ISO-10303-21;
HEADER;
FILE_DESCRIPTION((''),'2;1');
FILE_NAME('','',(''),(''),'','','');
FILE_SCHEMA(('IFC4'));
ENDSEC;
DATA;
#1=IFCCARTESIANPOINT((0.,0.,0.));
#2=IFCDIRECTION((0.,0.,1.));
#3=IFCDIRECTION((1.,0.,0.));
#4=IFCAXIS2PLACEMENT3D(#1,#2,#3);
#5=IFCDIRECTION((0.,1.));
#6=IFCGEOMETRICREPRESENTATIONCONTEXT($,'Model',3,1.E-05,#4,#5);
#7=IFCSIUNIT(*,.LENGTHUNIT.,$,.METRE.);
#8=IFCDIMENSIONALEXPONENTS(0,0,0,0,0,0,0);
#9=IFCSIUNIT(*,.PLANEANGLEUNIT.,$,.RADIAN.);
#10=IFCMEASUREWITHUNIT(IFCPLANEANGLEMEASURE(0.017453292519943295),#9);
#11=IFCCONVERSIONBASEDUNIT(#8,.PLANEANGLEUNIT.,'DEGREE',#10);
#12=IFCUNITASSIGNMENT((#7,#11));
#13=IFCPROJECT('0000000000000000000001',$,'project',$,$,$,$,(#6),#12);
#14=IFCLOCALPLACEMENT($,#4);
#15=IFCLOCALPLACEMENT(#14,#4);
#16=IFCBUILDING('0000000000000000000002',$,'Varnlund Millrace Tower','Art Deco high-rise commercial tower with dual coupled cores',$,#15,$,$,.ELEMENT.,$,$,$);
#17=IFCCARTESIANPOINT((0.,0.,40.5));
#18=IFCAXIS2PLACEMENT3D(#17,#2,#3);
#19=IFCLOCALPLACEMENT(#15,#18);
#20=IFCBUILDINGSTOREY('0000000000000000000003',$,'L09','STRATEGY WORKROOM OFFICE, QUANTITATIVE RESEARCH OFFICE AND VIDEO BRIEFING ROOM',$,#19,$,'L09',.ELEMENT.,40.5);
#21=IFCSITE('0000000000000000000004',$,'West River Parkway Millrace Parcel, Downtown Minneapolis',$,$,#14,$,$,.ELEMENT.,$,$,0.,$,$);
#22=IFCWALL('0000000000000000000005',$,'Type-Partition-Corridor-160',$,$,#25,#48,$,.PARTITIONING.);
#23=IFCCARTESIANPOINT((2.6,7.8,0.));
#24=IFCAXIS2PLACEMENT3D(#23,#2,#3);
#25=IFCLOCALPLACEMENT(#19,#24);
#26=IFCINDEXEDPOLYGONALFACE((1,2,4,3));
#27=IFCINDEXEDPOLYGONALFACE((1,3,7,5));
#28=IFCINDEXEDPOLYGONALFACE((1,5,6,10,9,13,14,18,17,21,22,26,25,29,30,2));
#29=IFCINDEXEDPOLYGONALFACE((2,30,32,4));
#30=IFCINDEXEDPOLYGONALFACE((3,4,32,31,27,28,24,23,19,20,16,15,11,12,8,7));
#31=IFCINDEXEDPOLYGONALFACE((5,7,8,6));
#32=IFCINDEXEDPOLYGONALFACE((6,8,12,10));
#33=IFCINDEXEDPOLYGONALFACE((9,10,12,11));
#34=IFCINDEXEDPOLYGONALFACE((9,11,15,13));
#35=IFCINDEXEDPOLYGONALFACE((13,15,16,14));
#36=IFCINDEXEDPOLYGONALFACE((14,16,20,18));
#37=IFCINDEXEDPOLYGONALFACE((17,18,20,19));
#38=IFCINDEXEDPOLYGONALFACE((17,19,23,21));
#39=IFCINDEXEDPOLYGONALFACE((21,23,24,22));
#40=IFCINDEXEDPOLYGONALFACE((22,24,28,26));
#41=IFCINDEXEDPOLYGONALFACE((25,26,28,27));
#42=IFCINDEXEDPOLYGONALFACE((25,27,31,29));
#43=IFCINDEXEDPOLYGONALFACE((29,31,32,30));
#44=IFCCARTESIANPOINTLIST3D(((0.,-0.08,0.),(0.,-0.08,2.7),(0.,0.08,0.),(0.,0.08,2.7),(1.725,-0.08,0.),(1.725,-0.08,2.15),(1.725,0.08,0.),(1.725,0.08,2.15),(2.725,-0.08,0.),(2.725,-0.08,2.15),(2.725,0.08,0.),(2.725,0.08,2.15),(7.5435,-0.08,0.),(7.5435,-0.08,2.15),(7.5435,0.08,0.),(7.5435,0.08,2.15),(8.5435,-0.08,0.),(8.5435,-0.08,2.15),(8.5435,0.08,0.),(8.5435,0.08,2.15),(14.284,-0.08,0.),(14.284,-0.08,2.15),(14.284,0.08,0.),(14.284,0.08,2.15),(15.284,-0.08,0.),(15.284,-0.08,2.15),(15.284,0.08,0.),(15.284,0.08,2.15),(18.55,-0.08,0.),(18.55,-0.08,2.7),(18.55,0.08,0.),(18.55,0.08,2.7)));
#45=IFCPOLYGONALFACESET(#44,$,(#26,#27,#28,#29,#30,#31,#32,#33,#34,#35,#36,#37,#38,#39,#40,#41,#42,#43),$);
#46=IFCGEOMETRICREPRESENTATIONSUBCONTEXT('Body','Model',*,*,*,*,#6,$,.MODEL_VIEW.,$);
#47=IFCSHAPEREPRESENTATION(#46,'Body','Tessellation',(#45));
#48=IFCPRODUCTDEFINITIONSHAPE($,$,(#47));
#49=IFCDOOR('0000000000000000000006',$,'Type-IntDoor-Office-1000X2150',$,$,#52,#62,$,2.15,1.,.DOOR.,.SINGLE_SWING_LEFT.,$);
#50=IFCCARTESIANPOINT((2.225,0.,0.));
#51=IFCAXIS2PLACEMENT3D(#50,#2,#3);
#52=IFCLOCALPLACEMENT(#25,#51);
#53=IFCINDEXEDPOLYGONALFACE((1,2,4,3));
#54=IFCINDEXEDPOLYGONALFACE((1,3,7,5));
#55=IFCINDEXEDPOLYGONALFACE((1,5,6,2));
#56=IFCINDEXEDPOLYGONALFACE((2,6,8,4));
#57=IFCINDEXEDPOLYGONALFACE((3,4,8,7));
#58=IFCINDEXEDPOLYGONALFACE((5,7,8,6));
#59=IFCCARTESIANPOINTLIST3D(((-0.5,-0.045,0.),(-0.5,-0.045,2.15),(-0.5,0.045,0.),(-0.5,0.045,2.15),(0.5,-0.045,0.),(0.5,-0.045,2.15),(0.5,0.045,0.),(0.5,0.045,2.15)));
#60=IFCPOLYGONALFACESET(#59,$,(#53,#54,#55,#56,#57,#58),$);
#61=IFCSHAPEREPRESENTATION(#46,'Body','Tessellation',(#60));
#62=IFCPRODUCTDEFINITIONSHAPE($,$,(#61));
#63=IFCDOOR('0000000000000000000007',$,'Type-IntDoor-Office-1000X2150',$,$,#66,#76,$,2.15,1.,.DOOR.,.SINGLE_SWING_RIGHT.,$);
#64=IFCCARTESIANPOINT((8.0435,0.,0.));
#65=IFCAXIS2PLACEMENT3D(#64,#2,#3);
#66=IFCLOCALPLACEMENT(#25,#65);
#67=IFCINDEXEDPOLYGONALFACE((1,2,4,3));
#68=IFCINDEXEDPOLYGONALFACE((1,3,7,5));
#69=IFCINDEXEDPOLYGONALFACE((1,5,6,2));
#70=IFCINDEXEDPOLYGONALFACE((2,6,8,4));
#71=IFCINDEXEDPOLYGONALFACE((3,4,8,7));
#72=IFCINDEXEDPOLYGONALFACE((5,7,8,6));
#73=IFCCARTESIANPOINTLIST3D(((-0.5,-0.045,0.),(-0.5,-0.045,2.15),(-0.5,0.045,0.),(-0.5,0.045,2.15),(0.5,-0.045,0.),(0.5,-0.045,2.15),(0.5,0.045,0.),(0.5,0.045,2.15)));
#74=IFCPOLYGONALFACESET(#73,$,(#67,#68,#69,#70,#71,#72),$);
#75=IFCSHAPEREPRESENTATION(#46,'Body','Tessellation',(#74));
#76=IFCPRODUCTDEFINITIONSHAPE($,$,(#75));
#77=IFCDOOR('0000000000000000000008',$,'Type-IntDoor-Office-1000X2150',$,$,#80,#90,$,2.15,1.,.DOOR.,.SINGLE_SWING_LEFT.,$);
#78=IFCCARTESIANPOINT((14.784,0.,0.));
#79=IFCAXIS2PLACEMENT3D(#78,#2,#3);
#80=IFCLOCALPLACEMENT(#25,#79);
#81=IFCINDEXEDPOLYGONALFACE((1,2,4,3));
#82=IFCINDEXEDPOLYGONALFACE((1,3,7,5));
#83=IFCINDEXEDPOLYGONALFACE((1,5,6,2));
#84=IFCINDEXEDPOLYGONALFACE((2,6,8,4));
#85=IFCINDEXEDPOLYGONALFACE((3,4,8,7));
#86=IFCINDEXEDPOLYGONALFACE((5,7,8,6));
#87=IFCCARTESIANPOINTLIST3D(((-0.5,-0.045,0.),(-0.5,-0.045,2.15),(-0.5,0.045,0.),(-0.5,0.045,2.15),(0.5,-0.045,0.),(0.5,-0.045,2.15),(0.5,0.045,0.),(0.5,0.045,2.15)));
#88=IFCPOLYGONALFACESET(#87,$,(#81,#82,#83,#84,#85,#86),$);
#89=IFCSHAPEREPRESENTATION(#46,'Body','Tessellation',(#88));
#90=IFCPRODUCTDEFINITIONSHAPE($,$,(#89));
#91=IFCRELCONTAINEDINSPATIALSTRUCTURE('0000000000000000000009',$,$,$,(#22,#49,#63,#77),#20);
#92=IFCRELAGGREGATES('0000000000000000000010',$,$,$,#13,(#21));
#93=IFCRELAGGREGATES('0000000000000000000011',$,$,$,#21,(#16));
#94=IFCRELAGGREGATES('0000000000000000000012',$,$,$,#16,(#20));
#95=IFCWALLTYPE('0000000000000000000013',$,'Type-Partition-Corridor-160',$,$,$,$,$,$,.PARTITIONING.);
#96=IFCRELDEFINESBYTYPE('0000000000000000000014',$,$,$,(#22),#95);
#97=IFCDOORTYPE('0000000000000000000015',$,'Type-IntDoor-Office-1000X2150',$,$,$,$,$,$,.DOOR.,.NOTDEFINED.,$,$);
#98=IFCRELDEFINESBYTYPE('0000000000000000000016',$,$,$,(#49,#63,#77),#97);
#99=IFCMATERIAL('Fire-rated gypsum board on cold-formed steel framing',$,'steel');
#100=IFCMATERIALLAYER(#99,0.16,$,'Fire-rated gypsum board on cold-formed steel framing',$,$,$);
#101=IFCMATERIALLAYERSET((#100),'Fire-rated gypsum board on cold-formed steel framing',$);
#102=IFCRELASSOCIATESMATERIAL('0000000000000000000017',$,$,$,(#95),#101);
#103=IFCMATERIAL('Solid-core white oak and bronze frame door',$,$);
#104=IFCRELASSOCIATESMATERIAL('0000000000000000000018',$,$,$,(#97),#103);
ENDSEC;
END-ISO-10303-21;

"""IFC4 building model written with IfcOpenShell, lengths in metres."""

from ifc_helpers import new_model, entity, si_unit, converted_unit, direction, frame, origin_with_axes, origin_2d_with_axis, place, context, subcontext, project, spatial, polyline, rectangle, outline, extrude, material, layer, layer_set, type_object, element, fill, save


model = new_model("IFC4")

# Units and contexts
model_context = context("Model", 3, precision=1e-05, world=origin_with_axes(), true_north=direction((0.0, 1.0)))
body_context = subcontext(model_context, "Body", "Model", "MODEL_VIEW")
ifc_project = project(units=[si_unit("LENGTHUNIT", "METRE"), converted_unit("PLANEANGLEUNIT", "DEGREE", entity("IfcPlaneAngleMeasure", 0.017453292519943295), si_unit("PLANEANGLEUNIT", "RADIAN"), dimensions=[0, 0, 0, 0, 0, 0, 0])], contexts=[model_context])

# Site, building, storey
site_placement = place(None, origin_with_axes())
site = spatial("IfcSite", under=ifc_project, at=site_placement, Name="West River Parkway Millrace Parcel, Downtown Minneapolis", CompositionType="ELEMENT", RefElevation=0.0)
building_placement = place(site_placement, origin_with_axes())
building = spatial("IfcBuilding", under=site, at=building_placement, Name="Varnlund Millrace Tower", Description="Art Deco high-rise commercial tower with dual coupled cores", CompositionType="ELEMENT")
storey_placement = place(building_placement, frame((0.0, 0.0, 40.5), z_axis=(0.0, 0.0, 1.0), x_axis=(1.0, 0.0, 0.0)))
storey = spatial("IfcBuildingStorey", under=building, at=storey_placement, Name="L09", Description="STRATEGY WORKROOM OFFICE, QUANTITATIVE RESEARCH OFFICE AND VIDEO BRIEFING ROOM", LongName="L09", CompositionType="ELEMENT", Elevation=40.5)

# Wall, openings, doors
ifc_material_1 = material(Name="Fire-rated gypsum board on cold-formed steel framing", Category="steel")
ifc_layer_1 = layer(ifc_material_1, 0.16, Name="Fire-rated gypsum board on cold-formed steel framing")
ifc_layer_set_1 = layer_set([ifc_layer_1], Name="Fire-rated gypsum board on cold-formed steel framing")
wall_type = type_object("IfcWallType", Name="Type-Partition-Corridor-160", PredefinedType="PARTITIONING", material=ifc_layer_set_1)
wall_placement = place(storey_placement, frame((2.6, 7.8, 0.0), z_axis=(0.0, 0.0, 1.0), x_axis=(1.0, 0.0, 0.0)))
wall = element("IfcWall", 1, at=wall_placement, inside=storey, type_object=wall_type, Name="Type-Partition-Corridor-160", PredefinedType="PARTITIONING", context=body_context, shape_type="SweptSolid", body=[
    extrude(outline(polyline([(0.0, -0.08), (18.55, -0.08), (18.55, 0.08), (0.0, 0.08), (0.0, -0.08)])), origin_with_axes(), (0.0, 0.0, 1.0), 2.7),
])
opening_1_placement = place(wall_placement, frame((2.225, 0.0, 0.0), z_axis=(0.0, 0.0, 1.0), x_axis=(1.0, 0.0, 0.0)))
opening_1 = element("IfcOpeningElement", 2, at=opening_1_placement, cuts=wall, PredefinedType="OPENING", context=body_context, shape_type="SweptSolid", body=[
    extrude(rectangle(XDim=1.0, YDim=0.18, at=origin_2d_with_axis()), origin_with_axes(), (0.0, 0.0, 1.0), 2.15),
])
opening_2_placement = place(wall_placement, frame((8.0435, 0.0, 0.0), z_axis=(0.0, 0.0, 1.0), x_axis=(1.0, 0.0, 0.0)))
opening_2 = element("IfcOpeningElement", 3, at=opening_2_placement, cuts=wall, PredefinedType="OPENING", context=body_context, shape_type="SweptSolid", body=[
    extrude(rectangle(XDim=1.0, YDim=0.18, at=origin_2d_with_axis()), origin_with_axes(), (0.0, 0.0, 1.0), 2.15),
])
opening_3_placement = place(wall_placement, frame((14.784, 0.0, 0.0), z_axis=(0.0, 0.0, 1.0), x_axis=(1.0, 0.0, 0.0)))
opening_3 = element("IfcOpeningElement", 4, at=opening_3_placement, cuts=wall, PredefinedType="OPENING", context=body_context, shape_type="SweptSolid", body=[
    extrude(rectangle(XDim=1.0, YDim=0.18, at=origin_2d_with_axis()), origin_with_axes(), (0.0, 0.0, 1.0), 2.15),
])
ifc_material_2 = material(Name="Solid-core white oak and bronze frame door")
door_type = type_object("IfcDoorType", Name="Type-IntDoor-Office-1000X2150", OperationType="NOTDEFINED", PredefinedType="DOOR", material=ifc_material_2)
door_1_placement = place(wall_placement, frame((2.225, 0.0, 0.0), z_axis=(0.0, 0.0, 1.0), x_axis=(1.0, 0.0, 0.0)))
door_1 = element("IfcDoor", 5, at=door_1_placement, inside=storey, type_object=door_type, Name="Type-IntDoor-Office-1000X2150", OperationType="SINGLE_SWING_LEFT", OverallHeight=2.15, OverallWidth=1.0, PredefinedType="DOOR", context=body_context, shape_type="SweptSolid", body=[
    extrude(rectangle(XDim=1.0, YDim=0.09, at=origin_2d_with_axis()), origin_with_axes(), (0.0, 0.0, 1.0), 2.15),
])
fill(opening_1, door_1)
door_2_placement = place(wall_placement, frame((8.0435, 0.0, 0.0), z_axis=(0.0, 0.0, 1.0), x_axis=(1.0, 0.0, 0.0)))
door_2 = element("IfcDoor", 6, at=door_2_placement, inside=storey, type_object=door_type, Name="Type-IntDoor-Office-1000X2150", OperationType="SINGLE_SWING_RIGHT", OverallHeight=2.15, OverallWidth=1.0, PredefinedType="DOOR", context=body_context, shape_type="SweptSolid", body=[
    extrude(rectangle(XDim=1.0, YDim=0.09, at=origin_2d_with_axis()), origin_with_axes(), (0.0, 0.0, 1.0), 2.15),
])
fill(opening_2, door_2)
door_3_placement = place(wall_placement, frame((14.784, 0.0, 0.0), z_axis=(0.0, 0.0, 1.0), x_axis=(1.0, 0.0, 0.0)))
door_3 = element("IfcDoor", 7, at=door_3_placement, inside=storey, type_object=door_type, Name="Type-IntDoor-Office-1000X2150", OperationType="SINGLE_SWING_LEFT", OverallHeight=2.15, OverallWidth=1.0, PredefinedType="DOOR", context=body_context, shape_type="SweptSolid", body=[
    extrude(rectangle(XDim=1.0, YDim=0.09, at=origin_2d_with_axis()), origin_with_axes(), (0.0, 0.0, 1.0), 2.15),
])
fill(opening_3, door_3)

save(model, "model.ifc")
